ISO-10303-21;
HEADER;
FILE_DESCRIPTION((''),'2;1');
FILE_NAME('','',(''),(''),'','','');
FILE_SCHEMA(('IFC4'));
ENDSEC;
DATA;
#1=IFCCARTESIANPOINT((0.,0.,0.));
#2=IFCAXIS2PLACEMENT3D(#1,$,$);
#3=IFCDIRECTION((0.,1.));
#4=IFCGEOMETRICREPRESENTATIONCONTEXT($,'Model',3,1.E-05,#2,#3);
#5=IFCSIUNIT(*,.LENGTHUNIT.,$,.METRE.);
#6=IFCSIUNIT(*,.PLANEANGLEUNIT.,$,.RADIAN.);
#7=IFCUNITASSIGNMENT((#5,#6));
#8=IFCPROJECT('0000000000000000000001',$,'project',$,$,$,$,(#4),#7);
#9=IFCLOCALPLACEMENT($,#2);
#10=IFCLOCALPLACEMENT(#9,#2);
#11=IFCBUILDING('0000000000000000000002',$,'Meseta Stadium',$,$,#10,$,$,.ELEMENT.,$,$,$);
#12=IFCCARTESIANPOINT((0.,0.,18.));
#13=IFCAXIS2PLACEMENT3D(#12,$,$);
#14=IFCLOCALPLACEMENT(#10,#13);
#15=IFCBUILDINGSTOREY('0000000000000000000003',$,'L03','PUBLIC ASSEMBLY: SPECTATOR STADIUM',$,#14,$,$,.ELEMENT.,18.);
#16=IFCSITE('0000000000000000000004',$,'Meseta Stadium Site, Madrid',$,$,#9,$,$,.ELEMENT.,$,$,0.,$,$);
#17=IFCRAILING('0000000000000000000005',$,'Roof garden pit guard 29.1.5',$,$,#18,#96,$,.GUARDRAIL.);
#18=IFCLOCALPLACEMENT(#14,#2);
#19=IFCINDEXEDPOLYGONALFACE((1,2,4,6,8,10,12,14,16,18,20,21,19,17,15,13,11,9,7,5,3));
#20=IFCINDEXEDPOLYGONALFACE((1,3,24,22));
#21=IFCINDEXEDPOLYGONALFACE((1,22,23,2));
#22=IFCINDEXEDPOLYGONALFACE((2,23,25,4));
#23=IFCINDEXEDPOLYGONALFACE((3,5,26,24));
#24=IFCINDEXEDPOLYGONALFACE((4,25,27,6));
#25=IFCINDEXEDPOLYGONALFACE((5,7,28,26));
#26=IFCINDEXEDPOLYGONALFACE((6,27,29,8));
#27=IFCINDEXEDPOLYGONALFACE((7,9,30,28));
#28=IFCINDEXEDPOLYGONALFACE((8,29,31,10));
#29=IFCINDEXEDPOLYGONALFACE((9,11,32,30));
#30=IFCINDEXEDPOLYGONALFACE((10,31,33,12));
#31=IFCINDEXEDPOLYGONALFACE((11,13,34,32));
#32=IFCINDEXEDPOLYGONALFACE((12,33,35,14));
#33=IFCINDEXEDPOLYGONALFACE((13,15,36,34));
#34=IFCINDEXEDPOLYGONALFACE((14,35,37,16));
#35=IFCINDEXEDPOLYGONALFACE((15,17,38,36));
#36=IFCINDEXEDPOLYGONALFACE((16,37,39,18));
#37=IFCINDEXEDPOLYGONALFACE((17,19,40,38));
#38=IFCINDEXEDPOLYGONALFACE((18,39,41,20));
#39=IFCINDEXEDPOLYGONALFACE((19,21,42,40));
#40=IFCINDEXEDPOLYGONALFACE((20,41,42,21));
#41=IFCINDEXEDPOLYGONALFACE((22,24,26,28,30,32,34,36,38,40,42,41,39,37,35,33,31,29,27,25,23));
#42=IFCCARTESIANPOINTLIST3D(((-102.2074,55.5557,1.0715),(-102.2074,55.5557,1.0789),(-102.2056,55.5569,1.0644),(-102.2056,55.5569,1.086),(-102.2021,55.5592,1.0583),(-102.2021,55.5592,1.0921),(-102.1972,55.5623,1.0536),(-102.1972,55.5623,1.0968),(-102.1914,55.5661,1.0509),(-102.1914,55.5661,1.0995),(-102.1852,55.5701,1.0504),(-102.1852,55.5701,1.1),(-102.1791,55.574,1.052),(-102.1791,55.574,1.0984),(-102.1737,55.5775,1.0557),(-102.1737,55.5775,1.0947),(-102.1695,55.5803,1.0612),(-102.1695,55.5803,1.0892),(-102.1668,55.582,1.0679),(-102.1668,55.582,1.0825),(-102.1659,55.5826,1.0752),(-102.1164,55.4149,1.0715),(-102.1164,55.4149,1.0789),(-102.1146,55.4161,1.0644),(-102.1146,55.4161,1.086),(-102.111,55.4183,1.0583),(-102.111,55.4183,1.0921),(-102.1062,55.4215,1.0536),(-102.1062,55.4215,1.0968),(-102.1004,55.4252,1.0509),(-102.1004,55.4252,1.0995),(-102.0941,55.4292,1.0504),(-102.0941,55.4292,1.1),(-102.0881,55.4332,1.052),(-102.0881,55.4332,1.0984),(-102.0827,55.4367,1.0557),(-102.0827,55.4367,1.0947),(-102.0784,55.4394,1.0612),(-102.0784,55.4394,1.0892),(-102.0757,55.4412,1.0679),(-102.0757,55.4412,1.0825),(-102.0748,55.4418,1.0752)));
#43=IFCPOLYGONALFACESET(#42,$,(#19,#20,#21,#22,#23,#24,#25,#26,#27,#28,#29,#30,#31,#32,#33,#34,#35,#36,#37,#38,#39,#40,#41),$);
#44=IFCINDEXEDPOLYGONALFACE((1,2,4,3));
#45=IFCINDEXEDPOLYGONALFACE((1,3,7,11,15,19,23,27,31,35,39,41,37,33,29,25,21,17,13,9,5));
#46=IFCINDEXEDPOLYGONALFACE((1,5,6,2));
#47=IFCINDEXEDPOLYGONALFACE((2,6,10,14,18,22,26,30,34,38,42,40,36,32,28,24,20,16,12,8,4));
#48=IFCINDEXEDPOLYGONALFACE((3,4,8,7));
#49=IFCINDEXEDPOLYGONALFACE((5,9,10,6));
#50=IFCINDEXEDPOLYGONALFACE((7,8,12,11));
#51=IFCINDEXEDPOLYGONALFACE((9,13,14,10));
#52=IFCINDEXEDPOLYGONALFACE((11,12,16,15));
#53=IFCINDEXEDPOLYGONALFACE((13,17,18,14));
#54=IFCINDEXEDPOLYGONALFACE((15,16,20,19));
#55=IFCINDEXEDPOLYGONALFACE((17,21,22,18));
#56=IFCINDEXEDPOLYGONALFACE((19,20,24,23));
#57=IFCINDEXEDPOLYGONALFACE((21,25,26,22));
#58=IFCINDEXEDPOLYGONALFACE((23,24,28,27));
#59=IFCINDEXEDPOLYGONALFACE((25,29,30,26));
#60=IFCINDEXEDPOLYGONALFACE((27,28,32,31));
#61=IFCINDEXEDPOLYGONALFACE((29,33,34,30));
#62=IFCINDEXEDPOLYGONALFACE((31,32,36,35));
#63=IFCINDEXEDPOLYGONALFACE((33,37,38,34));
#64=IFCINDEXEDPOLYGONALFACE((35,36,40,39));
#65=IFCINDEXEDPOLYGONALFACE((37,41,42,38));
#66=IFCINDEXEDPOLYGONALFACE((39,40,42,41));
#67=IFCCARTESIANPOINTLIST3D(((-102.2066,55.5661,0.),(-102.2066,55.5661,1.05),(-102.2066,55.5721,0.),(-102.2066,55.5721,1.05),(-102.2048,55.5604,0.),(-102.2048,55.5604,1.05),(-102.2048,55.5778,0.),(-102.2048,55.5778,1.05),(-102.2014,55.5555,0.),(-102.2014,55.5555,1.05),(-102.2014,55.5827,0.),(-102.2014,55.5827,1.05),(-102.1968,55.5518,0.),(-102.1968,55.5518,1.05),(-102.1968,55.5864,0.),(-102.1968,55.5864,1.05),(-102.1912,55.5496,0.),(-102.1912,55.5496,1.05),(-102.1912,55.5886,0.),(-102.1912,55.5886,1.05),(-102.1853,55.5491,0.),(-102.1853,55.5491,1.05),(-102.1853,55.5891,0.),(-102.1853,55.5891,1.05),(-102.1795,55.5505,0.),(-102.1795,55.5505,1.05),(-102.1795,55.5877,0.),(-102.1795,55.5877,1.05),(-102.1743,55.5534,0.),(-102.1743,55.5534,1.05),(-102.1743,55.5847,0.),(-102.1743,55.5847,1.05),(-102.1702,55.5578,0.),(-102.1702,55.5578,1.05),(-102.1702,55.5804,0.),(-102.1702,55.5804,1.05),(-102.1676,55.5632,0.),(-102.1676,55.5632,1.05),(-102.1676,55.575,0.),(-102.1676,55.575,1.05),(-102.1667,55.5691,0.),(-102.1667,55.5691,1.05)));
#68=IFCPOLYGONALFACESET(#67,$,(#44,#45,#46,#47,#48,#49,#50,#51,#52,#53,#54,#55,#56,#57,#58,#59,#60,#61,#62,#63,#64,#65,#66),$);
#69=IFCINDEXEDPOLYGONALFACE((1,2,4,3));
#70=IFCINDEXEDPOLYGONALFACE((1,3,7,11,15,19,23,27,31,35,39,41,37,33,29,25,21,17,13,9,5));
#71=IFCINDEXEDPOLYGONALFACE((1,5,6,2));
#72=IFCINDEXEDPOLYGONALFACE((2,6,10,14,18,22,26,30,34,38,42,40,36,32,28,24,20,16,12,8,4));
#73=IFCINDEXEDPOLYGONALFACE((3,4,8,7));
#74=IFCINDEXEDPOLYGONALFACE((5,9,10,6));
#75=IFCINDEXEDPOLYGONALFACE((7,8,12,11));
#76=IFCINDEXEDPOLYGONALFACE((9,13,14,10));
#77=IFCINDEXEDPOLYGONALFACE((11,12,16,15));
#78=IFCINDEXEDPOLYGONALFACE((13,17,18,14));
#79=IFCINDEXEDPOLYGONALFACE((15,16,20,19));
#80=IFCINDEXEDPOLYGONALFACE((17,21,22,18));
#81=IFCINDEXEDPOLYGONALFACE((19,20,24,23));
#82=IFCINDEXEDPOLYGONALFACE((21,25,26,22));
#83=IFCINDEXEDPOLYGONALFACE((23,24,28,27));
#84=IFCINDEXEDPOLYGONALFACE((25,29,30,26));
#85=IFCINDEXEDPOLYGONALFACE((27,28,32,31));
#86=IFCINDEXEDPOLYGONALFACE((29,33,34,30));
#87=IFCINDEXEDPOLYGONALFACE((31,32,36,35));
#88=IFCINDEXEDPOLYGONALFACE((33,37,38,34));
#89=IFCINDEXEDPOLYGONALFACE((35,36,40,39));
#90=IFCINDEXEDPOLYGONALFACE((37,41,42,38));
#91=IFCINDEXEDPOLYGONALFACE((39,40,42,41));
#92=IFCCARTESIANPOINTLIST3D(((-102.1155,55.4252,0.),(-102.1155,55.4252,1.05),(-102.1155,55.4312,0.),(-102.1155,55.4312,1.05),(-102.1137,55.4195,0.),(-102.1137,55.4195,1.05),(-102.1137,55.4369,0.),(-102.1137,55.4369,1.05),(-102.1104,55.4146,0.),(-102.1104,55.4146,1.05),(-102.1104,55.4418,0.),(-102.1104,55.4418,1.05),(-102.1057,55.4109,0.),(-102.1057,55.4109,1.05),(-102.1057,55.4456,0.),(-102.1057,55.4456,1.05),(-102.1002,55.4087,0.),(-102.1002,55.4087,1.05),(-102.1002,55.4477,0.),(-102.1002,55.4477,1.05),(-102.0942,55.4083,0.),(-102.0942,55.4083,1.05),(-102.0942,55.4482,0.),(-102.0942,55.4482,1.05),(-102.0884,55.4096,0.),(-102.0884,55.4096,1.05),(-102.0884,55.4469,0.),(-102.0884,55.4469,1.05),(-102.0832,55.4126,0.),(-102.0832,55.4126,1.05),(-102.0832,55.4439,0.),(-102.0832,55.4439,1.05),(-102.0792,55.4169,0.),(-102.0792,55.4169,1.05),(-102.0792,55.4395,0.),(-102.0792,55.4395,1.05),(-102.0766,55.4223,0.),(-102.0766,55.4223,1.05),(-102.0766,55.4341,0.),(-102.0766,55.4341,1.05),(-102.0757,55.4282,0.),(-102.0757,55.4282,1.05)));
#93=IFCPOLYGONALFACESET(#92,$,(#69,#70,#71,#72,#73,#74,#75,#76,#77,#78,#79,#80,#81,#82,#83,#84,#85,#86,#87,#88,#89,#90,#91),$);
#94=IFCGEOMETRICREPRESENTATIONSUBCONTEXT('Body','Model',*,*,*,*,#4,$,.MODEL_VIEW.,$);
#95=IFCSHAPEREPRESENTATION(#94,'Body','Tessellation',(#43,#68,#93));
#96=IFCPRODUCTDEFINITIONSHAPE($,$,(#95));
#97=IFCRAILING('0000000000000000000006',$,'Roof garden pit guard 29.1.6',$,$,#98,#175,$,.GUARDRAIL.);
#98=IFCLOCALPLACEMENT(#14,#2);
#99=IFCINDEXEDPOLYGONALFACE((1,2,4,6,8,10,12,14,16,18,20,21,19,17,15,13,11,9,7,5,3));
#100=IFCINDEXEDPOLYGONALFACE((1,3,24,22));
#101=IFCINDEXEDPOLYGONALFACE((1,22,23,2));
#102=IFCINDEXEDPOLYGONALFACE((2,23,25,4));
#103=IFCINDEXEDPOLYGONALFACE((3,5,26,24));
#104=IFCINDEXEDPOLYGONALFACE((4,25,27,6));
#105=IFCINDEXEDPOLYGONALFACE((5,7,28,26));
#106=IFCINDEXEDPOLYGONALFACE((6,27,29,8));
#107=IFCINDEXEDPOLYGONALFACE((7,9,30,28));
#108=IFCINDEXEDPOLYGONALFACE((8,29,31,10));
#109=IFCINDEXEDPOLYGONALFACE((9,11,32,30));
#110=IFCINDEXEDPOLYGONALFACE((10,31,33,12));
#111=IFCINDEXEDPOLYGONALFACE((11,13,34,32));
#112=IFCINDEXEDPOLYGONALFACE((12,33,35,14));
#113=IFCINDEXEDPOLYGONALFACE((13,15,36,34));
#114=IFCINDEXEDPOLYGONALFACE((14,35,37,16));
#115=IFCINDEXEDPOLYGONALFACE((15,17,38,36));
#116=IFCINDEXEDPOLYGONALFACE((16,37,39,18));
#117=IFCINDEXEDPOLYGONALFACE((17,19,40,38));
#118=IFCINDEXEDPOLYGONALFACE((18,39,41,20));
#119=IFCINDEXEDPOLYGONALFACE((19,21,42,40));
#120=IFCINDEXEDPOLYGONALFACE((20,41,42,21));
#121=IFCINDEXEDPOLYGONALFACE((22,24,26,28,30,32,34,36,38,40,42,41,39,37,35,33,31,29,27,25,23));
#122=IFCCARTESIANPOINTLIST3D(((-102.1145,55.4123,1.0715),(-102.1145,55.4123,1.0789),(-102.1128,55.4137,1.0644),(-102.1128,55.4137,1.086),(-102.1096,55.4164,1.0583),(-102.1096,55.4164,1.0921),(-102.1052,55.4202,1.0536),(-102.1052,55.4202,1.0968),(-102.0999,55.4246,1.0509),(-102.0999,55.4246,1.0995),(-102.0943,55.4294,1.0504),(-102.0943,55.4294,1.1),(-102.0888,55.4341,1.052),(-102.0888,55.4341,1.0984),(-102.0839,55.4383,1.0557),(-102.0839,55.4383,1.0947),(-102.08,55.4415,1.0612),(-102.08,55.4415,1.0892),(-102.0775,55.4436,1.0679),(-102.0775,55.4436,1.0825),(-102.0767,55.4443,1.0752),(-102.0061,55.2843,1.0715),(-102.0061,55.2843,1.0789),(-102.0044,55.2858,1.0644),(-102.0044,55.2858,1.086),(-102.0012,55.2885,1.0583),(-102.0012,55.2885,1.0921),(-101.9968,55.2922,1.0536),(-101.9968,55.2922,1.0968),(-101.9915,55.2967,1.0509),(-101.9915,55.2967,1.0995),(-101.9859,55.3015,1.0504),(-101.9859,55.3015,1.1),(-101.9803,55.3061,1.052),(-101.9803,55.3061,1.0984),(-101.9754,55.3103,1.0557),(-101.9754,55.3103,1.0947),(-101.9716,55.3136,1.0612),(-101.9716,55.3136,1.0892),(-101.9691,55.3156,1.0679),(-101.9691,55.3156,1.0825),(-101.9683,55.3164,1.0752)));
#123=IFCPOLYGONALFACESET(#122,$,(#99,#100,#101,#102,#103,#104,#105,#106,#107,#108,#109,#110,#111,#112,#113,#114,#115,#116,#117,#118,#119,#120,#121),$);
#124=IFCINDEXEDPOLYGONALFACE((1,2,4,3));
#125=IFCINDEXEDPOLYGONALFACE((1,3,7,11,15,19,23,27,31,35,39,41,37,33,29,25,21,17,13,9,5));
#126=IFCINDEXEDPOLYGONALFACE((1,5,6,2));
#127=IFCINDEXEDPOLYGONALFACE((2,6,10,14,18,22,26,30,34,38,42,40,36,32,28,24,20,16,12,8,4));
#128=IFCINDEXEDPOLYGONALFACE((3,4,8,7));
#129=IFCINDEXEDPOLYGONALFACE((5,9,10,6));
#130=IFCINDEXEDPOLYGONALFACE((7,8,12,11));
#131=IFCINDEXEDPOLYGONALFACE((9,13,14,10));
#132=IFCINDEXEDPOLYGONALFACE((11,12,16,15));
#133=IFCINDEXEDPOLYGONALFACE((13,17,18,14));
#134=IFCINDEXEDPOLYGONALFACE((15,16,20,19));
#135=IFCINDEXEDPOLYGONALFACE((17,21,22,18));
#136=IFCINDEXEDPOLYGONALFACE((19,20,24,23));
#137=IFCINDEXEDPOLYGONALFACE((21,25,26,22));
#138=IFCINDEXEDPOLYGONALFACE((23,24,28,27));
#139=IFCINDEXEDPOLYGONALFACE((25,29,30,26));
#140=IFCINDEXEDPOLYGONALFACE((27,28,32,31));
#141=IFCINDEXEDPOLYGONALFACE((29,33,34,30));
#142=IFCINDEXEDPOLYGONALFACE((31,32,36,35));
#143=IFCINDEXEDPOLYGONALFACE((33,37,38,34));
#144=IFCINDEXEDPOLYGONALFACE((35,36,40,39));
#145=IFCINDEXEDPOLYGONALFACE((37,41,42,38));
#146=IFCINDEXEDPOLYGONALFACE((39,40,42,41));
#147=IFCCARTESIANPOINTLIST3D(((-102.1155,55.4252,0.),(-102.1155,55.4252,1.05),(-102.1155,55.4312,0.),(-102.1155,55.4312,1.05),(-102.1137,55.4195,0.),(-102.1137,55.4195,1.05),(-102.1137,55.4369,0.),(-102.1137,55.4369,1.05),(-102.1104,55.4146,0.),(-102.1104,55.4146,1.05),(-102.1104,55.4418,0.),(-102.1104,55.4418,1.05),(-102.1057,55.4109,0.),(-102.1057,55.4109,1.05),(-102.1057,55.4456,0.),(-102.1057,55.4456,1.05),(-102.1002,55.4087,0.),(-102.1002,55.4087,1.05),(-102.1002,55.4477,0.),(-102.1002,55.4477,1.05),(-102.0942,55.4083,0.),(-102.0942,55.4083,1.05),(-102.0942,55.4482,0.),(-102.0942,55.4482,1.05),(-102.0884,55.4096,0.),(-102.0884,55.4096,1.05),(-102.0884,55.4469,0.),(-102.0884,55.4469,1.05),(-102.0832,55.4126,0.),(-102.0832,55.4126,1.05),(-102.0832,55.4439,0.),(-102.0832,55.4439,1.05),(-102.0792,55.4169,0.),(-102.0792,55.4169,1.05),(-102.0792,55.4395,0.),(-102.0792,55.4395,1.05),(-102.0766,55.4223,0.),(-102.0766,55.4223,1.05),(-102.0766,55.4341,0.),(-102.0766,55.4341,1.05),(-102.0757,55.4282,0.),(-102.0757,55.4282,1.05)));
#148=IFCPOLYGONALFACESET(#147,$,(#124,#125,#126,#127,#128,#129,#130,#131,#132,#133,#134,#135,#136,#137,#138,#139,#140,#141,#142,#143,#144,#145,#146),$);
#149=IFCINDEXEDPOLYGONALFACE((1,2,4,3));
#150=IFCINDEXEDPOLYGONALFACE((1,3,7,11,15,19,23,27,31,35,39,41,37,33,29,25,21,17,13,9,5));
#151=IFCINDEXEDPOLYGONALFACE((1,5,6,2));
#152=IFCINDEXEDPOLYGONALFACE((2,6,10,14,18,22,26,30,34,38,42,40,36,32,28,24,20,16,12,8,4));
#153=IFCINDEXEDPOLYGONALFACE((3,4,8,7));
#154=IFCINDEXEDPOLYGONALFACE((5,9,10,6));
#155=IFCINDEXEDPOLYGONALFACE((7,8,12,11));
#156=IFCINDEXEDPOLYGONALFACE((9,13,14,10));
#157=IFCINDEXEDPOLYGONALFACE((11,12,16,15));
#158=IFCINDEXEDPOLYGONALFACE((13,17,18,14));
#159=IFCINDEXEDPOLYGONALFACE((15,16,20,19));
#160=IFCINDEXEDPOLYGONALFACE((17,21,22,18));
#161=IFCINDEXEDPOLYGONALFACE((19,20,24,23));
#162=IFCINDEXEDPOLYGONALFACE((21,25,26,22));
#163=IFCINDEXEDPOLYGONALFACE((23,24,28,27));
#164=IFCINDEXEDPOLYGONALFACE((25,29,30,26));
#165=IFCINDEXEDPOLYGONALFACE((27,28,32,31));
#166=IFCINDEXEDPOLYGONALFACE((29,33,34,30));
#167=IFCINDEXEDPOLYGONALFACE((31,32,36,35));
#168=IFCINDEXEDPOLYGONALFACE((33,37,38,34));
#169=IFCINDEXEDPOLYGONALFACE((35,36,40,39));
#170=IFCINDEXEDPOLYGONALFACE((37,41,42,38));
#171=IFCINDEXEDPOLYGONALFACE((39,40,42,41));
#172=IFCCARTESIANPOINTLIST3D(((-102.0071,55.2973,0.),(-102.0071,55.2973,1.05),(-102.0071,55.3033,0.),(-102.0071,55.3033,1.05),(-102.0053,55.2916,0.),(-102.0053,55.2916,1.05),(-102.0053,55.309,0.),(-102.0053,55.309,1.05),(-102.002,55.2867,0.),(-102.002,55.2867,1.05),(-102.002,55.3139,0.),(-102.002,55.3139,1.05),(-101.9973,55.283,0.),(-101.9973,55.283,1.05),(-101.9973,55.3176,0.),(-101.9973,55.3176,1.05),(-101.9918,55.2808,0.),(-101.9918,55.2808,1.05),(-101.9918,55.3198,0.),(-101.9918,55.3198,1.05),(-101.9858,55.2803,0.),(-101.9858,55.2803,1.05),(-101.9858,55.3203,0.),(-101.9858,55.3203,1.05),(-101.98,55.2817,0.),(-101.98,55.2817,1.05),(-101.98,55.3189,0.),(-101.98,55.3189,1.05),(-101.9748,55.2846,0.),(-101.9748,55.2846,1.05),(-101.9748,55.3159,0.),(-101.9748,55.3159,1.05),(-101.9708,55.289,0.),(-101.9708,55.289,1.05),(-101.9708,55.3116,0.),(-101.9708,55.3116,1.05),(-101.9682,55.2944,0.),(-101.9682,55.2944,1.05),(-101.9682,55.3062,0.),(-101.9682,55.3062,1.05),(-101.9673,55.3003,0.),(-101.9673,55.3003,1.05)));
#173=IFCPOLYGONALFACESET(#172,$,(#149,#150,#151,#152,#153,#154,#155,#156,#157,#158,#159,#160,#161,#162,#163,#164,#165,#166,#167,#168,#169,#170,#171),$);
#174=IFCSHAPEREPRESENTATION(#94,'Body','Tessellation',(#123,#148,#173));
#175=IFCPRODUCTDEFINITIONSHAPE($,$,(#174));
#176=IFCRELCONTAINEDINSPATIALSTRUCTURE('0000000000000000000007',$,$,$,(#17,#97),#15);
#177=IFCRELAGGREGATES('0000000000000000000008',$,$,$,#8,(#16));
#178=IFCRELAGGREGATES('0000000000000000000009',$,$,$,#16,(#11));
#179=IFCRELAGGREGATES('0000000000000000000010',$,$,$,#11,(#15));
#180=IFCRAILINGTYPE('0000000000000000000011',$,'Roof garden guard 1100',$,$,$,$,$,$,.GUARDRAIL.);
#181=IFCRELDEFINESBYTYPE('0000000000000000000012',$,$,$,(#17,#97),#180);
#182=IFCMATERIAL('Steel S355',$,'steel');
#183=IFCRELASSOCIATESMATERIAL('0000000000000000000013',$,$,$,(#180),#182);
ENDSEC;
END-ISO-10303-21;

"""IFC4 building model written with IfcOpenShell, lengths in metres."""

from ifc_helpers import new_model, si_unit, direction, frame, origin, origin_2d, place, context, subcontext, project, spatial, circle, extrude, material, type_object, element, save


model = new_model("IFC4")

# Units and contexts
model_context = context("Model", 3, precision=1e-05, world=origin(), true_north=direction((0.0, 1.0)))
body_context = subcontext(model_context, "Body", "Model", "MODEL_VIEW")
ifc_project = project(units=[si_unit("LENGTHUNIT", "METRE"), si_unit("PLANEANGLEUNIT", "RADIAN")], contexts=[model_context])

# Site, building, storey
site_placement = place(None, origin())
site = spatial("IfcSite", under=ifc_project, at=site_placement, Name="Meseta Stadium Site, Madrid", CompositionType="ELEMENT", RefElevation=0.0)
building_placement = place(site_placement, origin())
building = spatial("IfcBuilding", under=site, at=building_placement, Name="Meseta Stadium", CompositionType="ELEMENT")
storey_placement = place(building_placement, frame((0.0, 0.0, 18.0)))
storey = spatial("IfcBuildingStorey", under=building, at=storey_placement, Name="L03", Description="PUBLIC ASSEMBLY: SPECTATOR STADIUM", CompositionType="ELEMENT", Elevation=18.0)

# Railings
ifc_material_1 = material(Name="Steel S355", Category="steel")
railing_type = type_object("IfcRailingType", Name="Roof garden guard 1100", PredefinedType="GUARDRAIL", material=ifc_material_1)
railing_1_placement = place(storey_placement, frame((-102.1868, 55.5691, 0.0)))
element("IfcRailing", 1, at=railing_1_placement, inside=storey, type_object=railing_type, Name="Roof garden pit guard 29.1.5", PredefinedType="GUARDRAIL", context=body_context, shape_type="SweptSolid", body=[
    extrude(circle(Radius=0.0249, at=origin_2d()), frame((0.0, 0.0, 1.0752), z_axis=(0.542889, -0.839804, 0.0), x_axis=(0.839804, 0.542889, 0.0)), (0.0, 0.0, 1.0), 0.1677),
    extrude(circle(Radius=0.02, at=origin_2d()), origin(), (0.0, 0.0, 1.0), 1.05),
    extrude(circle(Radius=0.02, at=origin_2d()), frame((0.0911, -0.1409, 0.0)), (0.0, 0.0, 1.0), 1.05),
])
railing_2_placement = place(storey_placement, frame((-102.0957, 55.4282, 0.0)))
element("IfcRailing", 2, at=railing_2_placement, inside=storey, type_object=railing_type, Name="Roof garden pit guard 29.1.6", PredefinedType="GUARDRAIL", context=body_context, shape_type="SweptSolid", body=[
    extrude(circle(Radius=0.0249, at=origin_2d()), frame((0.0, 0.0, 1.0752), z_axis=(0.646464, -0.762944, 0.0), x_axis=(0.762944, 0.646464, 0.0)), (0.0, 0.0, 1.0), 0.1677),
    extrude(circle(Radius=0.02, at=origin_2d()), origin(), (0.0, 0.0, 1.0), 1.05),
    extrude(circle(Radius=0.02, at=origin_2d()), frame((0.1084, -0.1279, 0.0)), (0.0, 0.0, 1.0), 1.05),
])

save(model, "model.ifc")
